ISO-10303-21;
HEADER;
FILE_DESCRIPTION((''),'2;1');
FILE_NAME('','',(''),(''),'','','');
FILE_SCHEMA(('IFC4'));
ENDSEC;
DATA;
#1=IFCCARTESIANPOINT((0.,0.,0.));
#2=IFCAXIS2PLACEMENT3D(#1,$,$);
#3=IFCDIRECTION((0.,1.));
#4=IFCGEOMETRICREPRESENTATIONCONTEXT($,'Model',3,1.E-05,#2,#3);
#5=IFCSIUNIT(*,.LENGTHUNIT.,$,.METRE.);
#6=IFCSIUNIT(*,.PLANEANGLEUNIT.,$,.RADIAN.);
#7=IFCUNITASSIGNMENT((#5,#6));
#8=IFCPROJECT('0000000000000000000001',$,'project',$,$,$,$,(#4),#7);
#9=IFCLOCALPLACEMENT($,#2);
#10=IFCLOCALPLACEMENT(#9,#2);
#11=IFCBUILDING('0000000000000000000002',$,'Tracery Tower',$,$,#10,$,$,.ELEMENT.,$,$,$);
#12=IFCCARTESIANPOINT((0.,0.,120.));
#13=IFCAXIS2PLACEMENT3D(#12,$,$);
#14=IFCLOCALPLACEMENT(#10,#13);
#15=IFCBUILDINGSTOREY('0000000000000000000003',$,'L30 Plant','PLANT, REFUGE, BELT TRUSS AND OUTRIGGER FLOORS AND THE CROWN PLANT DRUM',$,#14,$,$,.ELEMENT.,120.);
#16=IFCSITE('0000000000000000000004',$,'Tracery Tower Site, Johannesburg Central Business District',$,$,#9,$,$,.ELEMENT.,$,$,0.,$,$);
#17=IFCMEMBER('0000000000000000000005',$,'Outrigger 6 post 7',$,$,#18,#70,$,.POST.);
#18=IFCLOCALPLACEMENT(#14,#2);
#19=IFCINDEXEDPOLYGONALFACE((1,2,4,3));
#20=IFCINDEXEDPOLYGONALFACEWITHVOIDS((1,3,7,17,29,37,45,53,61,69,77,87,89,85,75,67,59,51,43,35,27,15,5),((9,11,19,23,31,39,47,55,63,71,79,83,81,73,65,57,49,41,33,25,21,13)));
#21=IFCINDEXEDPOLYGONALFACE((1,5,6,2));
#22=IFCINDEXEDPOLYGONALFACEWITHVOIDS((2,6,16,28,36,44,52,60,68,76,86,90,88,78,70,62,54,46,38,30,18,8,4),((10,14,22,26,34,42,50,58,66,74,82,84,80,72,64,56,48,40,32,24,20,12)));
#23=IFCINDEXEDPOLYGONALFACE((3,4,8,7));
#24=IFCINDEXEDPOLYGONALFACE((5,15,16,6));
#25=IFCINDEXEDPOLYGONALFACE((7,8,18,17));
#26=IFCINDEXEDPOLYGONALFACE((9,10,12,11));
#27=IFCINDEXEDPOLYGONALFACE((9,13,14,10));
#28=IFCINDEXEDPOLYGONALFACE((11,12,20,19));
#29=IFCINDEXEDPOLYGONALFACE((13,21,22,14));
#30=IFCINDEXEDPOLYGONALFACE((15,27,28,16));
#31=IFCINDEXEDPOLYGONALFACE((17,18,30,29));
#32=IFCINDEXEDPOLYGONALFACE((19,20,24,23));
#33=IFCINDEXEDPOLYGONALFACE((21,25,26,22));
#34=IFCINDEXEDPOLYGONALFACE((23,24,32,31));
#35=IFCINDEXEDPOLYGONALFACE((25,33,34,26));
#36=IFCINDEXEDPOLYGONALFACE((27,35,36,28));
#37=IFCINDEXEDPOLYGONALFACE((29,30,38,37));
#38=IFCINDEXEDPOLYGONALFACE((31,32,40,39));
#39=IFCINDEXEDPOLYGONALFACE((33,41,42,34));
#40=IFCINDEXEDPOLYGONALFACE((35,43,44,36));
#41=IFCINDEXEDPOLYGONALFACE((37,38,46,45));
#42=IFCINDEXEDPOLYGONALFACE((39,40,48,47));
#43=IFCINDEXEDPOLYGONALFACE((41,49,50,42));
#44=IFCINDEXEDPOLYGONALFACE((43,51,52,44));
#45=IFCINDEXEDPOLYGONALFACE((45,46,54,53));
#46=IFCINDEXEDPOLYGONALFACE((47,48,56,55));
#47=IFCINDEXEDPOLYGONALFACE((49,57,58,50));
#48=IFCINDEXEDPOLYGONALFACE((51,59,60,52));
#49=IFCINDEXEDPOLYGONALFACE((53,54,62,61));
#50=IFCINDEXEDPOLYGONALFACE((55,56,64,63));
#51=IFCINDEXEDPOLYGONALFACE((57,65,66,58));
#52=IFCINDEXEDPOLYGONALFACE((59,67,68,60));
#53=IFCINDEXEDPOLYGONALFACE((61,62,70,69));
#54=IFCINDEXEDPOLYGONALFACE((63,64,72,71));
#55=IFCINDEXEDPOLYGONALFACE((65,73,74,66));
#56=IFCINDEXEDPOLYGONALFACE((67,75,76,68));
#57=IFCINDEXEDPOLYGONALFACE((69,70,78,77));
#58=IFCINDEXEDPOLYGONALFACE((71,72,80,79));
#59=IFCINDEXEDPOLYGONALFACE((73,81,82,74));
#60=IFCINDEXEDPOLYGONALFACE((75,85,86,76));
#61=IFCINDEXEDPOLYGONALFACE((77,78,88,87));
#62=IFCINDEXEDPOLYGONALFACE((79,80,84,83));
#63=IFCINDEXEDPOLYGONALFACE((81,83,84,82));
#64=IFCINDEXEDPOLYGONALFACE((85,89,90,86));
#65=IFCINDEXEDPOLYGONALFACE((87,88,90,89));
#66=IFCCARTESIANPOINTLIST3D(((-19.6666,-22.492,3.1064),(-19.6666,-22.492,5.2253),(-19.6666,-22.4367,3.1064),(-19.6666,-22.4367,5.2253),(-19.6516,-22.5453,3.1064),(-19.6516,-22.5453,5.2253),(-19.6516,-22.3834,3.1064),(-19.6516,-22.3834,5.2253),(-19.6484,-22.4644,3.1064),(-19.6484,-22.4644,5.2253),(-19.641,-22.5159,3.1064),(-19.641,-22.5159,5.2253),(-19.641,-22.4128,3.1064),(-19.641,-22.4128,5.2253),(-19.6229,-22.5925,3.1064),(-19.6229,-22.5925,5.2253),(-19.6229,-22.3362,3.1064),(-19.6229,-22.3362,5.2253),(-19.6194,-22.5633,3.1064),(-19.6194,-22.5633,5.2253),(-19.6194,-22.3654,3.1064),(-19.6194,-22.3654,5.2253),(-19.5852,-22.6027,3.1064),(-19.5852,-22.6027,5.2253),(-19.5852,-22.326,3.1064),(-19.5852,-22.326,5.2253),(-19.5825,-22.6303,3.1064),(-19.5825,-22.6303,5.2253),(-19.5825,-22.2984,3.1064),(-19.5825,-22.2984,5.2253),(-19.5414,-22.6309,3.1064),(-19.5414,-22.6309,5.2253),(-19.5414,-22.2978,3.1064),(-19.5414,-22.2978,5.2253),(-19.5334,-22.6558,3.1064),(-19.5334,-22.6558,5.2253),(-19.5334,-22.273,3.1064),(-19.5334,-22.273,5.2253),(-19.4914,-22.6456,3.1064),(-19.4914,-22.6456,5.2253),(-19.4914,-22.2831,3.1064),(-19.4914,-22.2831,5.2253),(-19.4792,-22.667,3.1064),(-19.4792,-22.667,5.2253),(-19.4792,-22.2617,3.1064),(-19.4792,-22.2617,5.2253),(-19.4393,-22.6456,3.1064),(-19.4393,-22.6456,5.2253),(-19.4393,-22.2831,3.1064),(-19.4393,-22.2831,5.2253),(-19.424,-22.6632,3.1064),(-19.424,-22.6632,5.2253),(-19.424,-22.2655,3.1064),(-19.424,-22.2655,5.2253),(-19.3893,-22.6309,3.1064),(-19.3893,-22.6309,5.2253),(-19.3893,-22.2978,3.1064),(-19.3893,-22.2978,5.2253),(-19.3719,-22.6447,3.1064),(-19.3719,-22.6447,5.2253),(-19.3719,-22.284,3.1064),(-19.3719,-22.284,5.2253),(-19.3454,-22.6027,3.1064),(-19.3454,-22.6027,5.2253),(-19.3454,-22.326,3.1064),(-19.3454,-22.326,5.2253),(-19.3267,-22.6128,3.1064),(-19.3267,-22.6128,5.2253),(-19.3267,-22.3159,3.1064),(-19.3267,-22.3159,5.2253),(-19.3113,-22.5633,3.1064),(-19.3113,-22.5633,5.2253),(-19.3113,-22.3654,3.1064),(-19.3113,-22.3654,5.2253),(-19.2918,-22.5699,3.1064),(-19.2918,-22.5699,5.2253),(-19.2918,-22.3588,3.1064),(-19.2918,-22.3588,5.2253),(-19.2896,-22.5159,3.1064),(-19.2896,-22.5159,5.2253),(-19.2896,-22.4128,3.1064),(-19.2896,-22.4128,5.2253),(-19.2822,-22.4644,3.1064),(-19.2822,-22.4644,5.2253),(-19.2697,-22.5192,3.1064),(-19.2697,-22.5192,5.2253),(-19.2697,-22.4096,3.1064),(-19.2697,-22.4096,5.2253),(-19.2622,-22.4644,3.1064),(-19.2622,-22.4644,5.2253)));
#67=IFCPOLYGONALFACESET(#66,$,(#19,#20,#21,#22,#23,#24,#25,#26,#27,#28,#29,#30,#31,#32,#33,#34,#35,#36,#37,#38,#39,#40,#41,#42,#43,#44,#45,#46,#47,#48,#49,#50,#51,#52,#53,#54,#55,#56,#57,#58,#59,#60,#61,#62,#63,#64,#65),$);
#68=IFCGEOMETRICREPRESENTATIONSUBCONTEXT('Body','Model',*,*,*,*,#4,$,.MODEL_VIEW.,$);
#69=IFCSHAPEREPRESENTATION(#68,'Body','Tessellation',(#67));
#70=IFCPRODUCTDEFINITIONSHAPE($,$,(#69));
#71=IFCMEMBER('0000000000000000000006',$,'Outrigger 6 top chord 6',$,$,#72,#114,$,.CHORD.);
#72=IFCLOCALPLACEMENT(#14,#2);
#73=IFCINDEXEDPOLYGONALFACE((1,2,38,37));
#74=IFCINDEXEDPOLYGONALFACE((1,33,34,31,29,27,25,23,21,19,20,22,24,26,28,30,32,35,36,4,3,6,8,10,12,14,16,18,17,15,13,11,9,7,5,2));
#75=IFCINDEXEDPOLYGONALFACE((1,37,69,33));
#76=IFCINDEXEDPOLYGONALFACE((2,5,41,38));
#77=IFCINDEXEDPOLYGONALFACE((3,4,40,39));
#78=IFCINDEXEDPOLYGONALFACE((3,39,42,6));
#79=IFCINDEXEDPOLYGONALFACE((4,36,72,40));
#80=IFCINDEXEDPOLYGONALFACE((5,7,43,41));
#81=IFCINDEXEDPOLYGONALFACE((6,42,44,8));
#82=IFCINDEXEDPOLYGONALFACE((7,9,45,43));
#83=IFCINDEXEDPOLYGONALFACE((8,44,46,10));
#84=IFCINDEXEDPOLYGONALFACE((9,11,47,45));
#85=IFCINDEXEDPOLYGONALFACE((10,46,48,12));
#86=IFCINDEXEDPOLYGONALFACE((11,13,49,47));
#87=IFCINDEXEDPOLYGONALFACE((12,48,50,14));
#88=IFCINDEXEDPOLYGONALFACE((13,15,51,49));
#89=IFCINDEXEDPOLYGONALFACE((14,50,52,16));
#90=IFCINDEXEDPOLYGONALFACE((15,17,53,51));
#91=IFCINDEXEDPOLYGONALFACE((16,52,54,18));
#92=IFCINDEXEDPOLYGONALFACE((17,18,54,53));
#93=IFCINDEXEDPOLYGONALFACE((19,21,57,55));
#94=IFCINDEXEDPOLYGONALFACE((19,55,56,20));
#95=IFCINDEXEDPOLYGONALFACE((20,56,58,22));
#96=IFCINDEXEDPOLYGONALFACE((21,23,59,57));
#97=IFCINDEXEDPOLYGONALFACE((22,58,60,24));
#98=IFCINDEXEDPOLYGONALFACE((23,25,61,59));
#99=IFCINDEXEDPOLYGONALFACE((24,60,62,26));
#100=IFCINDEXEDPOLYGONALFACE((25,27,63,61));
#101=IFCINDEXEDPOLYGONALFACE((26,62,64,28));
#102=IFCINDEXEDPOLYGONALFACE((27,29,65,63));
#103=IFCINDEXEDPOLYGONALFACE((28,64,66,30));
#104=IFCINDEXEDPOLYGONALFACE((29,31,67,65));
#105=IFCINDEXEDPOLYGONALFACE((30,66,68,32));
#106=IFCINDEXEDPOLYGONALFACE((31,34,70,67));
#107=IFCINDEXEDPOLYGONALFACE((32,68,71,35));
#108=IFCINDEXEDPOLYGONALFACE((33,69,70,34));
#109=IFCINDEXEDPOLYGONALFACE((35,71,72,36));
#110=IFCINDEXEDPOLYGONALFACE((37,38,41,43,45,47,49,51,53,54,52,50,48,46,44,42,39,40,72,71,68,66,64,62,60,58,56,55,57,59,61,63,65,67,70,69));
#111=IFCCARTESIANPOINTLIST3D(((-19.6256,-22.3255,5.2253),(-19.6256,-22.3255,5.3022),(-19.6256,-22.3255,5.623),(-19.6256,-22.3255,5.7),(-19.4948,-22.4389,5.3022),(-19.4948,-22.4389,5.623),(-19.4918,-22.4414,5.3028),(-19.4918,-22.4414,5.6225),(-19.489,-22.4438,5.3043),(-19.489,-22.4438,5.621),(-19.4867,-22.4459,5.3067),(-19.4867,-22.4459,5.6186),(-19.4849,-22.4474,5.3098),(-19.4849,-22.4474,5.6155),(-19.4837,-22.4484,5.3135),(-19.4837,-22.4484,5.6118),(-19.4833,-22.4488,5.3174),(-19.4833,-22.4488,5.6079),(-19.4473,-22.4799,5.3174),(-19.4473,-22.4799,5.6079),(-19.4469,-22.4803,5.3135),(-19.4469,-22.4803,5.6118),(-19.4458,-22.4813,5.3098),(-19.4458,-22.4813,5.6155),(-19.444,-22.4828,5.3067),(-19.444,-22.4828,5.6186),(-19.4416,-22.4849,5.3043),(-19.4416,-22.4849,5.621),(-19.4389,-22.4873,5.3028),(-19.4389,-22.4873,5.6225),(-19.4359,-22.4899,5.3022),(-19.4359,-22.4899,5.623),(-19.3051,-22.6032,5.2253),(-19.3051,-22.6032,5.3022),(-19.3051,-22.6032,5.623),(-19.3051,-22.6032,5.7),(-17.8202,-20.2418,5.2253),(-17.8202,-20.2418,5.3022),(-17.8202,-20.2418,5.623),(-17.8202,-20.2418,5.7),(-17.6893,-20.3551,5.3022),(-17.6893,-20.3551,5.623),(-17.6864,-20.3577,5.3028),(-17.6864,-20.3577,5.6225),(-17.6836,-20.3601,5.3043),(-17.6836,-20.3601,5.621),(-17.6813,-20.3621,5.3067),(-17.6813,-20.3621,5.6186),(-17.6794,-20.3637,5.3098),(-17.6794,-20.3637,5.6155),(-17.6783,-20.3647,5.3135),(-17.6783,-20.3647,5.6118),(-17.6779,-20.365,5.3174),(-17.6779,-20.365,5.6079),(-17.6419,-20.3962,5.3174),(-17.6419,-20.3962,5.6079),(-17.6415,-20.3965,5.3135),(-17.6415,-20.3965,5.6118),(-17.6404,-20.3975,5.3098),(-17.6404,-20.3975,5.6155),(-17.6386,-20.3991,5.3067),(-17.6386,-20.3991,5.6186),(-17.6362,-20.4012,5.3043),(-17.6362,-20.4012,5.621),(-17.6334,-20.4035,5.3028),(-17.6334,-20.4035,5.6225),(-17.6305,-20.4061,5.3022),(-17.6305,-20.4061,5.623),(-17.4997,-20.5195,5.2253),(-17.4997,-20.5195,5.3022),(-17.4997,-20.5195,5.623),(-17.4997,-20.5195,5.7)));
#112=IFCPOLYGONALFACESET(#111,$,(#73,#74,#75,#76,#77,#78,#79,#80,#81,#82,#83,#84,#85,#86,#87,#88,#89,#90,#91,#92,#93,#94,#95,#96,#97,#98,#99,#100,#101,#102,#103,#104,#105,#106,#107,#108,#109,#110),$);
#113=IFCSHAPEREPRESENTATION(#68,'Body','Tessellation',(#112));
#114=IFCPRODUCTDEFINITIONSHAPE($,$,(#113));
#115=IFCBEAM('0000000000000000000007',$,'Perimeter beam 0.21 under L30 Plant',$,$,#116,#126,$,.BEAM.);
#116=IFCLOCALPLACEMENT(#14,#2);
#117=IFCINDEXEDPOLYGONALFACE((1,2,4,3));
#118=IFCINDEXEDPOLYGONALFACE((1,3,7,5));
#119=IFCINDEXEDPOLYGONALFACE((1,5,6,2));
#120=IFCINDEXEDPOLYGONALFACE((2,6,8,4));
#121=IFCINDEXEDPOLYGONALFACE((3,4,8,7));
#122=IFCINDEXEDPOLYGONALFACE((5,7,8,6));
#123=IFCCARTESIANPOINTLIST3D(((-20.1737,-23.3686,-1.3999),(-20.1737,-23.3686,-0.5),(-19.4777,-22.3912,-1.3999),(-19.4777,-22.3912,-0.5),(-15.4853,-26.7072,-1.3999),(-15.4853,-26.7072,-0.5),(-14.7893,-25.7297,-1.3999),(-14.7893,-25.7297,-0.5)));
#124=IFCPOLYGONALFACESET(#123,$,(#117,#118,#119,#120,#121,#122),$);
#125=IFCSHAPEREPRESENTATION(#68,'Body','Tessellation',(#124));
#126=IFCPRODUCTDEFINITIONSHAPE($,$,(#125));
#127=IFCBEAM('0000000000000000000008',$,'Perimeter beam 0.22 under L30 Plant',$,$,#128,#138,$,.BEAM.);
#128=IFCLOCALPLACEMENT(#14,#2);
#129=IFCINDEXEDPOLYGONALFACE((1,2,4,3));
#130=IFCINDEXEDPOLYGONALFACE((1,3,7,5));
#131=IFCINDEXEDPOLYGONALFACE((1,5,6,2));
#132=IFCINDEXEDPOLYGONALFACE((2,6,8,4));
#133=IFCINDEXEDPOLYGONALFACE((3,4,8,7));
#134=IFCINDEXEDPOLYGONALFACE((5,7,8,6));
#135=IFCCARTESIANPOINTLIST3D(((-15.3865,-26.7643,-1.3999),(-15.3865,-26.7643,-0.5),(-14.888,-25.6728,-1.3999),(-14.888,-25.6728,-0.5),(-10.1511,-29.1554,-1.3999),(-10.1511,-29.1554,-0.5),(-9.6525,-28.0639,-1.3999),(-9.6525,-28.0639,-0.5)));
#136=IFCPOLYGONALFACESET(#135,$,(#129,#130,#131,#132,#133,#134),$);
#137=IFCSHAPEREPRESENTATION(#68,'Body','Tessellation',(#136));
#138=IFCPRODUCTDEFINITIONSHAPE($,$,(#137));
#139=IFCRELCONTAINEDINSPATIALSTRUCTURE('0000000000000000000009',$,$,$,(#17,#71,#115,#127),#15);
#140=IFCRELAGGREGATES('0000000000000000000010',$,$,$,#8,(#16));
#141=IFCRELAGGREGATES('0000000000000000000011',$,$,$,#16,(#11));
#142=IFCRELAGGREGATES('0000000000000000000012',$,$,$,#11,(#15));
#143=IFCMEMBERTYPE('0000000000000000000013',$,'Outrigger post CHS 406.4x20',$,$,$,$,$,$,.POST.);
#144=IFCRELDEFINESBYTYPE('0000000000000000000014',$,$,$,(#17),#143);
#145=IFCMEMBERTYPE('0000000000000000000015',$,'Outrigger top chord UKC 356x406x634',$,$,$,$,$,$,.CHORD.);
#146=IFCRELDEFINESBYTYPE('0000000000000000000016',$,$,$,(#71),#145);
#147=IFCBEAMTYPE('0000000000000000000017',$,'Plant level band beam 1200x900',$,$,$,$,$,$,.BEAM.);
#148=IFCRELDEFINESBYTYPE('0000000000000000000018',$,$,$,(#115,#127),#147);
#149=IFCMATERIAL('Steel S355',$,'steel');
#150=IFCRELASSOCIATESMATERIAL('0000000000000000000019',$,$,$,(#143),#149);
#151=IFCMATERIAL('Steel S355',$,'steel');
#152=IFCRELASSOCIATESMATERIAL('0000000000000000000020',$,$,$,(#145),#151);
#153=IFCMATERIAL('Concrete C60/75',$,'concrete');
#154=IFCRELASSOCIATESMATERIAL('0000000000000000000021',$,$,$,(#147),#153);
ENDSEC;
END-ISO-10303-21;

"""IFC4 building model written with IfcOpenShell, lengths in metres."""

from ifc_helpers import new_model, si_unit, direction, frame, origin, origin_2d, place, context, subcontext, project, spatial, rectangle, hollow_circle, i_section, extrude, material, material_profile, profile_set, type_object, element, save


model = new_model("IFC4")

# Units and contexts
model_context = context("Model", 3, precision=1e-05, world=origin(), true_north=direction((0.0, 1.0)))
body_context = subcontext(model_context, "Body", "Model", "MODEL_VIEW")
ifc_project = project(units=[si_unit("LENGTHUNIT", "METRE"), si_unit("PLANEANGLEUNIT", "RADIAN")], contexts=[model_context])

# Site, building, storey
site_placement = place(None, origin())
site = spatial("IfcSite", under=ifc_project, at=site_placement, Name="Tracery Tower Site, Johannesburg Central Business District", CompositionType="ELEMENT", RefElevation=0.0)
building_placement = place(site_placement, origin())
building = spatial("IfcBuilding", under=site, at=building_placement, Name="Tracery Tower", CompositionType="ELEMENT")
storey_placement = place(building_placement, frame((0.0, 0.0, 120.0)))
storey = spatial("IfcBuildingStorey", under=building, at=storey_placement, Name="L30 Plant", Description="PLANT, REFUGE, BELT TRUSS AND OUTRIGGER FLOORS AND THE CROWN PLANT DRUM", CompositionType="ELEMENT", Elevation=120.0)

# Members
ifc_material_1 = material(Name="Steel S355", Category="steel")
ifc_material_profile_1 = material_profile(ifc_material_1, hollow_circle(Radius=0.2031, WallThickness=0.02, at=origin_2d()), Name="CHS 406.4x20")
ifc_profile_set_1 = profile_set([ifc_material_profile_1], Name="Steel S355")
member_type_1 = type_object("IfcMemberType", Name="Outrigger post CHS 406.4x20", PredefinedType="POST", material=ifc_profile_set_1)
for number, where, z_axis, x_axis, name in (
    (1, (-19.4653, -22.4644, 3.1064), (0.0, 0.0, 1.0), (1.0, 0.0, 0.0), "Outrigger 6 post 7"),
):
    element("IfcMember", number, at=place(storey_placement, frame(where, z_axis=z_axis, x_axis=x_axis)), inside=storey, type_object=member_type_1, Name=name, PredefinedType="POST", context=body_context, shape_type="SweptSolid", body=[
        extrude(hollow_circle(Radius=0.2031, WallThickness=0.02, at=origin_2d()), origin(), (0.0, 0.0, 1.0), 2.1189),
    ])
ifc_material_2 = material(Name="Steel S355", Category="steel")
ifc_material_profile_2 = material_profile(ifc_material_2, i_section(OverallWidth=0.4241, OverallDepth=0.4746, WebThickness=0.0476, FlangeThickness=0.0769, FilletRadius=0.0151, at=origin_2d()), Name="UKC 356x406x634")
ifc_profile_set_2 = profile_set([ifc_material_profile_2], Name="Steel S355")
member_type_2 = type_object("IfcMemberType", Name="Outrigger top chord UKC 356x406x634", PredefinedType="CHORD", material=ifc_profile_set_2)
member_1_placement = place(storey_placement, frame((-17.6599, -20.3806, 5.4626), z_axis=(-0.654829, -0.755777, 0.0), x_axis=(0.755777, -0.654829, 0.0)))
element("IfcMember", 2, at=member_1_placement, inside=storey, type_object=member_type_2, Name="Outrigger 6 top chord 6", PredefinedType="CHORD", context=body_context, shape_type="SweptSolid", body=[
    extrude(i_section(OverallWidth=0.4241, OverallDepth=0.4746, WebThickness=0.0476, FlangeThickness=0.0769, FilletRadius=0.0151, at=origin_2d()), origin(), (0.0, 0.0, 1.0), 2.7571),
])

# Beams
ifc_material_3 = material(Name="Concrete C60/75", Category="concrete")
ifc_material_profile_3 = material_profile(ifc_material_3, rectangle(XDim=1.2, YDim=0.8999, at=origin_2d()), Name="RC 1200x900")
ifc_profile_set_3 = profile_set([ifc_material_profile_3], Name="Concrete C60/75")
beam_type = type_object("IfcBeamType", Name="Plant level band beam 1200x900", PredefinedType="BEAM", material=ifc_profile_set_3)
for number, where, z_axis, x_axis, name in (
    (3, (-19.8257, -22.8799, -0.95), (0.814578, -0.580054, 0.0), (0.580054, 0.814578, 0.0), "Perimeter beam 0.21 under L30 Plant"),
    (4, (-15.1372, -26.2185, -0.95), (0.909618, -0.415445, 0.0), (0.415445, 0.909618, 0.0), "Perimeter beam 0.22 under L30 Plant"),
):
    element("IfcBeam", number, at=place(storey_placement, frame(where, z_axis=z_axis, x_axis=x_axis)), inside=storey, type_object=beam_type, Name=name, PredefinedType="BEAM", context=body_context, shape_type="SweptSolid", body=[
        extrude(rectangle(XDim=1.2, YDim=0.8999, at=origin_2d()), origin(), (0.0, 0.0, 1.0), 5.7556),
    ])

save(model, "model.ifc")
